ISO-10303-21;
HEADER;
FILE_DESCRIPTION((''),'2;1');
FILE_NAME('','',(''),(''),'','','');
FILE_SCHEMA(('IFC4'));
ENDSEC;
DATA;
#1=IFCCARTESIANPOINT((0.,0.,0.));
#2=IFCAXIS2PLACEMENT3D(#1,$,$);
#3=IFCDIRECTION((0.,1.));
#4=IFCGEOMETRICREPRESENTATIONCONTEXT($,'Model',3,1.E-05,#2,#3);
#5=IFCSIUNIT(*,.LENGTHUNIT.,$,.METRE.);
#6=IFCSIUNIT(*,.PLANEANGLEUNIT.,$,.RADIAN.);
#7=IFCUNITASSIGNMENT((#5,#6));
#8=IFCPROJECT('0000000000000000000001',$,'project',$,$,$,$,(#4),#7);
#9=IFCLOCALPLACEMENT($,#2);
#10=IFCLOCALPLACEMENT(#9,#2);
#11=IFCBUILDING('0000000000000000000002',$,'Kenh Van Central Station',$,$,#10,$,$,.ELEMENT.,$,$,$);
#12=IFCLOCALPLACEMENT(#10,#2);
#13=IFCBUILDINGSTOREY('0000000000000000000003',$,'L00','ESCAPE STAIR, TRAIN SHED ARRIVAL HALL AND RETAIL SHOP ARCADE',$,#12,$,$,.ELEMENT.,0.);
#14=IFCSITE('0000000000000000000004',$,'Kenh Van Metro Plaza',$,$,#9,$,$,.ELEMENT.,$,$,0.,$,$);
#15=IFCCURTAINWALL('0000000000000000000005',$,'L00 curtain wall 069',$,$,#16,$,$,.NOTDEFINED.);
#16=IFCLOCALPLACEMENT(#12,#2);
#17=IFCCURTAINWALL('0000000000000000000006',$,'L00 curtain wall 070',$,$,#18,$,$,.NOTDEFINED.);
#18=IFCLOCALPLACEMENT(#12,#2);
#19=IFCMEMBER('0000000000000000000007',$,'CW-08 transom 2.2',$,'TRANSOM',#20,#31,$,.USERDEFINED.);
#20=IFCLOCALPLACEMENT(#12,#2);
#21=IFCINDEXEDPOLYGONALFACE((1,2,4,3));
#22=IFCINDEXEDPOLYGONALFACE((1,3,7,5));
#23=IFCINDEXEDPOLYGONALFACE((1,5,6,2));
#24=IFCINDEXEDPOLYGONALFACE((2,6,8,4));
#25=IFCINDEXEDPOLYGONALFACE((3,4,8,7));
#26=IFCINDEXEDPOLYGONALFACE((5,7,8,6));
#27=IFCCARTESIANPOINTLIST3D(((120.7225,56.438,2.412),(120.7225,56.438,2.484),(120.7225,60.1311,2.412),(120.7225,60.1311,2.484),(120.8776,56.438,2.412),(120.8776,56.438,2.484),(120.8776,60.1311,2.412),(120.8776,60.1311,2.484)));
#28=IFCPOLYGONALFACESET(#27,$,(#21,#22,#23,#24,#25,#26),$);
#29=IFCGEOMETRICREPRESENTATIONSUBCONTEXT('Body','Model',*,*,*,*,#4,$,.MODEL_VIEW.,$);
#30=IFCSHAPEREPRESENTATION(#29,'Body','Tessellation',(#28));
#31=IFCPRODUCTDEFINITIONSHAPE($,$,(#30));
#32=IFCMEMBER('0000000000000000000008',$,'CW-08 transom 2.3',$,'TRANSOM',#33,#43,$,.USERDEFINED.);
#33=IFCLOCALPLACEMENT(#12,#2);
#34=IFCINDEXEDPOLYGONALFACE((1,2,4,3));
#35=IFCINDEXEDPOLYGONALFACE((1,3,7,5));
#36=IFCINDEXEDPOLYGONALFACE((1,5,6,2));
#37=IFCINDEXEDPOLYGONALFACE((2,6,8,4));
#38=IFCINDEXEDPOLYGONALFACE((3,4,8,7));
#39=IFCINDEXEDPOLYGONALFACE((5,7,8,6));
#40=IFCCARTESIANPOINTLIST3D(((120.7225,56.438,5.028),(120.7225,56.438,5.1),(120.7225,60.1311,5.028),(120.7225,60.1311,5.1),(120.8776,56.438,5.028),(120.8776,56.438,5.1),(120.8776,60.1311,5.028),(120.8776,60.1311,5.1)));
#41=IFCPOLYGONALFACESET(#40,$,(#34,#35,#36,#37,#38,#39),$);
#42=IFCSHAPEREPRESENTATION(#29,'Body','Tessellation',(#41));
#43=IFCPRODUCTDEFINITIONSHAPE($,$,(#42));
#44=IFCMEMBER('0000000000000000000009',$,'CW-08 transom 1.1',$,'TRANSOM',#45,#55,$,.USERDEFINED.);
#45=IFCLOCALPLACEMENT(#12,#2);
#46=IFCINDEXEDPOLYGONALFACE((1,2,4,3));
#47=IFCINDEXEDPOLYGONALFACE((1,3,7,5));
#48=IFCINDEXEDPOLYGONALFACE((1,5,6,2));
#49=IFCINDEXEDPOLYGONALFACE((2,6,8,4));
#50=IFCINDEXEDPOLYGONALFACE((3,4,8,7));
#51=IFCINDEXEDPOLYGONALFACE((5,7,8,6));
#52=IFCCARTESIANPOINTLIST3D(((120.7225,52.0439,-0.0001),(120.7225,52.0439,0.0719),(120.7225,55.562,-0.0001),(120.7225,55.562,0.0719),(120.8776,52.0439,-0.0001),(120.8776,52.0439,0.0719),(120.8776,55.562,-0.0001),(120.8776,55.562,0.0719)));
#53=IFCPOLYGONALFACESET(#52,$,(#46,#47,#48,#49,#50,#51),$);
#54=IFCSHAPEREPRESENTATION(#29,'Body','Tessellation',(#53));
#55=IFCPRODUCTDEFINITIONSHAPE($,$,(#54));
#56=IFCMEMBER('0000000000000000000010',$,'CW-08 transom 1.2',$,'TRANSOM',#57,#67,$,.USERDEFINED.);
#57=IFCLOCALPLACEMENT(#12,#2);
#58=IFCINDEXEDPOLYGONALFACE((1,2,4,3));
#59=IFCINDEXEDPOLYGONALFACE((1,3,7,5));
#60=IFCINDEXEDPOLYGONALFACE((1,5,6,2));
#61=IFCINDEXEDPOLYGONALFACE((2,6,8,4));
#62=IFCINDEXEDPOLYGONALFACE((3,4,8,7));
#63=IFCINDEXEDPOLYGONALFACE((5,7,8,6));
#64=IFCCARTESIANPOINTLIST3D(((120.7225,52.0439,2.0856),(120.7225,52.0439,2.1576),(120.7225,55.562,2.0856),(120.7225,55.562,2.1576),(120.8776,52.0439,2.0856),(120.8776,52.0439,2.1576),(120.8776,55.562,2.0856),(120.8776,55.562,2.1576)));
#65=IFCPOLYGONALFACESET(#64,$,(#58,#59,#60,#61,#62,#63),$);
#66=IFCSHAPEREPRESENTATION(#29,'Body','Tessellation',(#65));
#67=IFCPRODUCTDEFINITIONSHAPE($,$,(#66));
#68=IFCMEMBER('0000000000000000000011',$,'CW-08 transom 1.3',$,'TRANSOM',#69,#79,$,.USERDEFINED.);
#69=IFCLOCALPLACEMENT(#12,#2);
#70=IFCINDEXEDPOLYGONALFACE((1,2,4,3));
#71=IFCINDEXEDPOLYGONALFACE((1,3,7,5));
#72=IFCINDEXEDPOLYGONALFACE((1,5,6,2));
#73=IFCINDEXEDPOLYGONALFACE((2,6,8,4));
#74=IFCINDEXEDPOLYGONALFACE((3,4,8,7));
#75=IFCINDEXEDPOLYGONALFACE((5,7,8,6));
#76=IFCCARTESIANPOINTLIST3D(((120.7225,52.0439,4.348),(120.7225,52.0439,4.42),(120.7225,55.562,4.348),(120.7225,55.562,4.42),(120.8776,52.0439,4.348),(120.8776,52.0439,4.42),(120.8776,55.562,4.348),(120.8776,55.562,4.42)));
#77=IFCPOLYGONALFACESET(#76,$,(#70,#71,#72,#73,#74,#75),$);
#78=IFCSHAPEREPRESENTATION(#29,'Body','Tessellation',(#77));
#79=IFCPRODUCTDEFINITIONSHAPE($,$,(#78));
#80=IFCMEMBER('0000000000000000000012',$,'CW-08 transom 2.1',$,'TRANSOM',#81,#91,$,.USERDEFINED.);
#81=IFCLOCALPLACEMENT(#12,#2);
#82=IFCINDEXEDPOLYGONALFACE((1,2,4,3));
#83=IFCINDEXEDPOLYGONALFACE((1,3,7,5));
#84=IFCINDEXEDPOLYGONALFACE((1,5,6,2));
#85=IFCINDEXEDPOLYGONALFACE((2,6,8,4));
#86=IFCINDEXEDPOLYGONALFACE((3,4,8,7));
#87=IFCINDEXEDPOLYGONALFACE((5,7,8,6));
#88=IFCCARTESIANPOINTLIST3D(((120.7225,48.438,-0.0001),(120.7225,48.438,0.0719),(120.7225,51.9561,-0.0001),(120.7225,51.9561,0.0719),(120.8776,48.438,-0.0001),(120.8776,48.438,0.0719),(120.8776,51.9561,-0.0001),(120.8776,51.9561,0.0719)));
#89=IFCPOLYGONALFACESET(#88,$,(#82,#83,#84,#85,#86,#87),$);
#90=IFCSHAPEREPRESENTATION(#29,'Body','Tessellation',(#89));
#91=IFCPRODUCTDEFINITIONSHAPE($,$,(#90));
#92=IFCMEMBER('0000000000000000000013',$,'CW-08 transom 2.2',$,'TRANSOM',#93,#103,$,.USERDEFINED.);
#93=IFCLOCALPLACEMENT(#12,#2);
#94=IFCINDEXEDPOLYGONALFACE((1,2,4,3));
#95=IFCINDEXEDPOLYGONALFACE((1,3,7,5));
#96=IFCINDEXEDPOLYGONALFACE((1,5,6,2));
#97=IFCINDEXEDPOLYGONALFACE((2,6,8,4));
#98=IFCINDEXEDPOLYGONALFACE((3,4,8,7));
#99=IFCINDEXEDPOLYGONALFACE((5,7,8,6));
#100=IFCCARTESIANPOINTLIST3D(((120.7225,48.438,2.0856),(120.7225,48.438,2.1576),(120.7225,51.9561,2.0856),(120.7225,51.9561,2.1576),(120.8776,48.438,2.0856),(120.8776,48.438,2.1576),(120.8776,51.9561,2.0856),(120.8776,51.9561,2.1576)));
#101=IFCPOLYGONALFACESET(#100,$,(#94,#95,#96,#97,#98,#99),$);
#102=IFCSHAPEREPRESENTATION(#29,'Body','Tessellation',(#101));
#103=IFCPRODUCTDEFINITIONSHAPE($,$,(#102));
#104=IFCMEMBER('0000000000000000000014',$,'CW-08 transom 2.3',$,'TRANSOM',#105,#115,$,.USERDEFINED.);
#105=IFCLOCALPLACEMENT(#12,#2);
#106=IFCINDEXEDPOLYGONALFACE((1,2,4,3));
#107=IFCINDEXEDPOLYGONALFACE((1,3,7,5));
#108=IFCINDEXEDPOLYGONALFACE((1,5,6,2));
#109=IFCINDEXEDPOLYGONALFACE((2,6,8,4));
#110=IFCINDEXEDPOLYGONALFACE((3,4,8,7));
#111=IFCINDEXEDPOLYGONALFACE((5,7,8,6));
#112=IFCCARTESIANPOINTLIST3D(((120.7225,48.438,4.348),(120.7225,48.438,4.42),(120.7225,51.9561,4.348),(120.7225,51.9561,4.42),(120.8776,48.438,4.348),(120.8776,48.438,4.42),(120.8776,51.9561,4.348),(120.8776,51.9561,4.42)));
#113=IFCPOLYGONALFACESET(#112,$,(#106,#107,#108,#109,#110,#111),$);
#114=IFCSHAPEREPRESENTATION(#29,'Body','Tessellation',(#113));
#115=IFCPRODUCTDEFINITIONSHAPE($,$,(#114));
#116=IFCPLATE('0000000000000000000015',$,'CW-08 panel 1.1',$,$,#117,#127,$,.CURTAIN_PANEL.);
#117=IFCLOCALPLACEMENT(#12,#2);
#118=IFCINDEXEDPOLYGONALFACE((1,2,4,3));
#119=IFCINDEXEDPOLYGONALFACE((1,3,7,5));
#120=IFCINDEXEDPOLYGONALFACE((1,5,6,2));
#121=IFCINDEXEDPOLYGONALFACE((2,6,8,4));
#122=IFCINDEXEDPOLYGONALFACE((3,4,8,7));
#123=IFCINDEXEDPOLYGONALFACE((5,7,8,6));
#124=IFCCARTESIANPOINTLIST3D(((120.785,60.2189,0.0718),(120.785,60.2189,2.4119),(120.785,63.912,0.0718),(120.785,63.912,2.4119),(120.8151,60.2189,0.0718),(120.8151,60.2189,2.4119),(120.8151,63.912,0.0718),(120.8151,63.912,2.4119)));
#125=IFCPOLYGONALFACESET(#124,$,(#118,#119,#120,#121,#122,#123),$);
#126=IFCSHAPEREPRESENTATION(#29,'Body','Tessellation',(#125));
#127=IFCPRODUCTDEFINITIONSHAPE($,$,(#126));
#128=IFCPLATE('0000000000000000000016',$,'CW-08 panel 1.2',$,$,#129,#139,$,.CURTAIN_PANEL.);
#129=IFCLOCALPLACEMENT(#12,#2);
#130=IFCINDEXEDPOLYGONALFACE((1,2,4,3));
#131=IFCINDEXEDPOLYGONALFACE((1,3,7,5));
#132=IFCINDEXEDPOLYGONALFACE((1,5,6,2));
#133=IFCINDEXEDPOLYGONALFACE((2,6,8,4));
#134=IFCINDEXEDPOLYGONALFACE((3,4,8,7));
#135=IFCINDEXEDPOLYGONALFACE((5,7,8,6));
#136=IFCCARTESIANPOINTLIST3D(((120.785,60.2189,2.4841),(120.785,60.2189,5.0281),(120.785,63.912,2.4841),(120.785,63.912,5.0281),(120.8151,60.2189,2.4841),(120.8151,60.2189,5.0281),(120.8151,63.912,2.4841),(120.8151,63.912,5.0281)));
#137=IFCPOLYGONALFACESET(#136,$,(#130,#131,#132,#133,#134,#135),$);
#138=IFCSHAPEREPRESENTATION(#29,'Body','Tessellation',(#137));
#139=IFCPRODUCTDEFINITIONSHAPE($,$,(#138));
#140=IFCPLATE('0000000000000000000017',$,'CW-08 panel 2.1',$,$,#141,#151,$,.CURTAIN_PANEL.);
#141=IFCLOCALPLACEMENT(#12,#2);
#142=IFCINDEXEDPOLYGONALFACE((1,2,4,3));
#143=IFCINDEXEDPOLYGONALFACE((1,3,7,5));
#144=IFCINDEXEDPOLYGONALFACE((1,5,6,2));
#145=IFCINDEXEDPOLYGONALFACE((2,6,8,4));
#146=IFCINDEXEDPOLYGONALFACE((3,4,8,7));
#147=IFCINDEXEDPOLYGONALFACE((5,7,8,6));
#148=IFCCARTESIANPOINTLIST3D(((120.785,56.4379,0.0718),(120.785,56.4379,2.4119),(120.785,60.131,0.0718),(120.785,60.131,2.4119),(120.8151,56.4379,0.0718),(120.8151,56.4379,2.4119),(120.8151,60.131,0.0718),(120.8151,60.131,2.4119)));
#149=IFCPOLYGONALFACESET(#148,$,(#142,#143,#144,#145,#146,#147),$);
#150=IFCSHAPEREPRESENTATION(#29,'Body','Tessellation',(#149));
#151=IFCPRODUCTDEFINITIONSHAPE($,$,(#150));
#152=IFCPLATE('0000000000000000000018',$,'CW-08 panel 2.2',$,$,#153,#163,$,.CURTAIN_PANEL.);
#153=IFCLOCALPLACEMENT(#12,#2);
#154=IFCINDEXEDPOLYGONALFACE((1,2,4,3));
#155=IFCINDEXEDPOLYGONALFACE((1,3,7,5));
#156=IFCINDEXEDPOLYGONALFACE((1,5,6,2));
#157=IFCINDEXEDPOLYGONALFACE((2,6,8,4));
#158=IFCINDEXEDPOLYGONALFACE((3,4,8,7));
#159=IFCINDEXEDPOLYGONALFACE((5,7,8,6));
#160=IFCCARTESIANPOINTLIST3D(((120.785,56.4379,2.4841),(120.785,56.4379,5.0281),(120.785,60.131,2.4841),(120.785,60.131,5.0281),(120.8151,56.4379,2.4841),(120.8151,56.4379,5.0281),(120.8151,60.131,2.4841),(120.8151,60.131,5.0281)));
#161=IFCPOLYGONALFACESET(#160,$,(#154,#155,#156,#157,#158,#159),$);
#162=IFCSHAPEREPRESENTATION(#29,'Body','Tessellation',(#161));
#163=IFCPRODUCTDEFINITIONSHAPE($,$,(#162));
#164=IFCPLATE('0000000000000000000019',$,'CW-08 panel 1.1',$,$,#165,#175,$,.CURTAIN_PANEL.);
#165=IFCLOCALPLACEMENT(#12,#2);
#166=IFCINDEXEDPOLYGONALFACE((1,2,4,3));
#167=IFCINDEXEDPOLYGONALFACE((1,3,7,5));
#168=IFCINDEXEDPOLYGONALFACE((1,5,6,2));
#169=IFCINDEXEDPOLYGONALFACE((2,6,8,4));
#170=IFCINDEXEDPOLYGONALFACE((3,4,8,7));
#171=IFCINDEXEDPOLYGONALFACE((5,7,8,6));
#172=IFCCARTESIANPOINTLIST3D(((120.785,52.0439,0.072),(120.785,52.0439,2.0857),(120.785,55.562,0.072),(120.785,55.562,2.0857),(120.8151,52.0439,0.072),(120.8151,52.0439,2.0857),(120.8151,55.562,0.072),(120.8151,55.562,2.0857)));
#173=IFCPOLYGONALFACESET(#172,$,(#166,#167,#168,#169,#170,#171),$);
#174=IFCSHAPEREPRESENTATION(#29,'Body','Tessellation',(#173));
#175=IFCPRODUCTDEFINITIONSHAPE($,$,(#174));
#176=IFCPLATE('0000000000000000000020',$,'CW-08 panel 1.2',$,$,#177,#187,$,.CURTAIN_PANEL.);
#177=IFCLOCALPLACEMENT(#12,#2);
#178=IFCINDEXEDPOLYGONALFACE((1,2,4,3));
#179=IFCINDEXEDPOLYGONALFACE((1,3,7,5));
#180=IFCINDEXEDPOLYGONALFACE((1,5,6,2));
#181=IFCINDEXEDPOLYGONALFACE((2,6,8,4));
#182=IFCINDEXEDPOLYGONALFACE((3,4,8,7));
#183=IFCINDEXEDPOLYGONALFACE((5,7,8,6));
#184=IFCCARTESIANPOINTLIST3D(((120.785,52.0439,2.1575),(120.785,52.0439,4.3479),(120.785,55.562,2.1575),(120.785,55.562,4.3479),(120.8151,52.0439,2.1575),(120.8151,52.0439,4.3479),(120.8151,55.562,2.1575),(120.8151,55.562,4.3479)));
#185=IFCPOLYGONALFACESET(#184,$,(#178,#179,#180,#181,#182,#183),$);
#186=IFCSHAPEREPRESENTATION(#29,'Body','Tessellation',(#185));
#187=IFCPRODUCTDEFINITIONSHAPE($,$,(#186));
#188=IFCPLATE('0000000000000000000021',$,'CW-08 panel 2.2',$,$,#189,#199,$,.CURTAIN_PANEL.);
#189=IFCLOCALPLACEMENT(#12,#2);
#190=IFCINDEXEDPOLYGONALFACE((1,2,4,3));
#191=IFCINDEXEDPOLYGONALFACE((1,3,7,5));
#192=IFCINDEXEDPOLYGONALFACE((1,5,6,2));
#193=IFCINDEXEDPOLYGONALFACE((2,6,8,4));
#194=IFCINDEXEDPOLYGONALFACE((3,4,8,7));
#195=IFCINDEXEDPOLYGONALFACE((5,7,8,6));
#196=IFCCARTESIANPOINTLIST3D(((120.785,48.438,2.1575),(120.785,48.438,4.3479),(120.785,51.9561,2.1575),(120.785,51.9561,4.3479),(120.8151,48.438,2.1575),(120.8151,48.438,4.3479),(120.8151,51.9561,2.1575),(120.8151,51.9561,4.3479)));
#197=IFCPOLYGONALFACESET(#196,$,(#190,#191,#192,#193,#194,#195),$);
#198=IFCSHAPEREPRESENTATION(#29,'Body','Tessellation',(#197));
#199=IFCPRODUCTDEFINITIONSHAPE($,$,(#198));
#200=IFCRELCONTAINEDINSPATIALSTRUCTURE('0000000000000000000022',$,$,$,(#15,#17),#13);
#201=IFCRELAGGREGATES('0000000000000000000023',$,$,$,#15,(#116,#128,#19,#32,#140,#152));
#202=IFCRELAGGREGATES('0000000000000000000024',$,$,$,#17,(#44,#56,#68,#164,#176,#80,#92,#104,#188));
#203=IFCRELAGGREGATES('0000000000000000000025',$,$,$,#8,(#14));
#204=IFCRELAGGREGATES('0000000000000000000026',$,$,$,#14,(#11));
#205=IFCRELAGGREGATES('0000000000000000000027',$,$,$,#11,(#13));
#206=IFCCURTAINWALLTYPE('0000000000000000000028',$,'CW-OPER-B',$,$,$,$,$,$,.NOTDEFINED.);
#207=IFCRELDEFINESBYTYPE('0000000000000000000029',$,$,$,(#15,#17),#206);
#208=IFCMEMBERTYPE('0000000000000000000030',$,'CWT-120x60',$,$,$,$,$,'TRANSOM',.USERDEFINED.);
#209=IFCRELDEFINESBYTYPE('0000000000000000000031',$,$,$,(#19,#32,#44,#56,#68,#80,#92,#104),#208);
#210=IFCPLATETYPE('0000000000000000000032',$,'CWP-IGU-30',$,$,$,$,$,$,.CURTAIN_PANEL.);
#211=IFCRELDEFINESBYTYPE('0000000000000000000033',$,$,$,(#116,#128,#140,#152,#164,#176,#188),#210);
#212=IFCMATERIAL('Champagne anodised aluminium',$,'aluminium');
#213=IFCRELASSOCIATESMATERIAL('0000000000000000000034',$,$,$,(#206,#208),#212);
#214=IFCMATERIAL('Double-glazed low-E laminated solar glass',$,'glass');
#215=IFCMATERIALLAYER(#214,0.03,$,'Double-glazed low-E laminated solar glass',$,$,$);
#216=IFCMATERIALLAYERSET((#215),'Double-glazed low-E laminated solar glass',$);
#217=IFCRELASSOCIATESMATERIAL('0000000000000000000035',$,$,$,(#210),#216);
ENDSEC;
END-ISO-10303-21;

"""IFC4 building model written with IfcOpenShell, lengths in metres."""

from ifc_helpers import new_model, si_unit, direction, frame, origin, origin_2d, place, context, subcontext, project, spatial, rectangle, extrude, material, layer, layer_set, material_profile, profile_set, type_object, element, aggregate, save


model = new_model("IFC4")

# Units and contexts
model_context = context("Model", 3, precision=1e-05, world=origin(), true_north=direction((0.0, 1.0)))
body_context = subcontext(model_context, "Body", "Model", "MODEL_VIEW")
ifc_project = project(units=[si_unit("LENGTHUNIT", "METRE"), si_unit("PLANEANGLEUNIT", "RADIAN")], contexts=[model_context])

# Site, building, storey
site_placement = place(None, origin())
site = spatial("IfcSite", under=ifc_project, at=site_placement, Name="Kenh Van Metro Plaza", CompositionType="ELEMENT", RefElevation=0.0)
building_placement = place(site_placement, origin())
building = spatial("IfcBuilding", under=site, at=building_placement, Name="Kenh Van Central Station", CompositionType="ELEMENT")
storey_placement = place(building_placement, origin())
storey = spatial("IfcBuildingStorey", under=building, at=storey_placement, Name="L00", Description="ESCAPE STAIR, TRAIN SHED ARRIVAL HALL AND RETAIL SHOP ARCADE", CompositionType="ELEMENT", Elevation=0.0)

# Curtain walls
ifc_material_1 = material(Name="Champagne anodised aluminium", Category="aluminium")
curtain_wall_type = type_object("IfcCurtainWallType", Name="CW-OPER-B", PredefinedType="NOTDEFINED", material=ifc_material_1)
curtain_wall_1_placement = place(storey_placement, origin())
curtain_wall_1 = element("IfcCurtainWall", 1, at=curtain_wall_1_placement, inside=storey, type_object=curtain_wall_type, Name="L00 curtain wall 069", PredefinedType="NOTDEFINED")
curtain_wall_2_placement = place(storey_placement, origin())
curtain_wall_2 = element("IfcCurtainWall", 2, at=curtain_wall_2_placement, inside=storey, type_object=curtain_wall_type, Name="L00 curtain wall 070", PredefinedType="NOTDEFINED")

# Members
ifc_material_profile_1 = material_profile(ifc_material_1, rectangle(XDim=0.155, YDim=0.072, at=origin_2d()), Name="AL 155x72")
ifc_profile_set_1 = profile_set([ifc_material_profile_1], Name="Champagne anodised aluminium")
member_type_1 = type_object("IfcMemberType", Name="CWT-120x60", ElementType="TRANSOM", PredefinedType="USERDEFINED", material=ifc_profile_set_1)
member_1_placement = place(storey_placement, frame((120.8, 60.1311, 2.448), z_axis=(0.0, -1.0, 0.0), x_axis=(1.0, 0.0, 0.0)))
member_1 = element("IfcMember", 3, at=member_1_placement, type_object=member_type_1, Name="CW-08 transom 2.2", ObjectType="TRANSOM", PredefinedType="USERDEFINED", context=body_context, shape_type="SweptSolid", body=[
    extrude(rectangle(XDim=0.155, YDim=0.072, at=origin_2d()), origin(), (0.0, 0.0, 1.0), 3.6931),
])
member_2_placement = place(storey_placement, frame((120.8, 60.1311, 5.064), z_axis=(0.0, -1.0, 0.0), x_axis=(1.0, 0.0, 0.0)))
member_2 = element("IfcMember", 4, at=member_2_placement, type_object=member_type_1, Name="CW-08 transom 2.3", ObjectType="TRANSOM", PredefinedType="USERDEFINED", context=body_context, shape_type="SweptSolid", body=[
    extrude(rectangle(XDim=0.155, YDim=0.072, at=origin_2d()), origin(), (0.0, 0.0, 1.0), 3.6931),
])
member_3_placement = place(storey_placement, frame((120.8, 55.562, 0.0359), z_axis=(0.0, -1.0, 0.0), x_axis=(1.0, 0.0, 0.0)))
member_3 = element("IfcMember", 5, at=member_3_placement, type_object=member_type_1, Name="CW-08 transom 1.1", ObjectType="TRANSOM", PredefinedType="USERDEFINED", context=body_context, shape_type="SweptSolid", body=[
    extrude(rectangle(XDim=0.155, YDim=0.072, at=origin_2d()), origin(), (0.0, 0.0, 1.0), 3.5181),
])
member_4_placement = place(storey_placement, frame((120.8, 55.562, 2.1216), z_axis=(0.0, -1.0, 0.0), x_axis=(1.0, 0.0, 0.0)))
member_4 = element("IfcMember", 6, at=member_4_placement, type_object=member_type_1, Name="CW-08 transom 1.2", ObjectType="TRANSOM", PredefinedType="USERDEFINED", context=body_context, shape_type="SweptSolid", body=[
    extrude(rectangle(XDim=0.155, YDim=0.072, at=origin_2d()), origin(), (0.0, 0.0, 1.0), 3.5181),
])
member_5_placement = place(storey_placement, frame((120.8, 55.562, 4.384), z_axis=(0.0, -1.0, 0.0), x_axis=(1.0, 0.0, 0.0)))
member_5 = element("IfcMember", 7, at=member_5_placement, type_object=member_type_1, Name="CW-08 transom 1.3", ObjectType="TRANSOM", PredefinedType="USERDEFINED", context=body_context, shape_type="SweptSolid", body=[
    extrude(rectangle(XDim=0.155, YDim=0.072, at=origin_2d()), origin(), (0.0, 0.0, 1.0), 3.5181),
])
member_6_placement = place(storey_placement, frame((120.8, 51.9561, 0.0359), z_axis=(0.0, -1.0, 0.0), x_axis=(1.0, 0.0, 0.0)))
member_6 = element("IfcMember", 8, at=member_6_placement, type_object=member_type_1, Name="CW-08 transom 2.1", ObjectType="TRANSOM", PredefinedType="USERDEFINED", context=body_context, shape_type="SweptSolid", body=[
    extrude(rectangle(XDim=0.155, YDim=0.072, at=origin_2d()), origin(), (0.0, 0.0, 1.0), 3.5181),
])
member_7_placement = place(storey_placement, frame((120.8, 51.9561, 2.1216), z_axis=(0.0, -1.0, 0.0), x_axis=(1.0, 0.0, 0.0)))
member_7 = element("IfcMember", 9, at=member_7_placement, type_object=member_type_1, Name="CW-08 transom 2.2", ObjectType="TRANSOM", PredefinedType="USERDEFINED", context=body_context, shape_type="SweptSolid", body=[
    extrude(rectangle(XDim=0.155, YDim=0.072, at=origin_2d()), origin(), (0.0, 0.0, 1.0), 3.5181),
])
member_8_placement = place(storey_placement, frame((120.8, 51.9561, 4.384), z_axis=(0.0, -1.0, 0.0), x_axis=(1.0, 0.0, 0.0)))
member_8 = element("IfcMember", 10, at=member_8_placement, type_object=member_type_1, Name="CW-08 transom 2.3", ObjectType="TRANSOM", PredefinedType="USERDEFINED", context=body_context, shape_type="SweptSolid", body=[
    extrude(rectangle(XDim=0.155, YDim=0.072, at=origin_2d()), origin(), (0.0, 0.0, 1.0), 3.5181),
])

# Plates
ifc_material_2 = material(Name="Double-glazed low-E laminated solar glass", Category="glass")
ifc_layer_1 = layer(ifc_material_2, 0.03, Name="Double-glazed low-E laminated solar glass")
ifc_layer_set_1 = layer_set([ifc_layer_1], Name="Double-glazed low-E laminated solar glass")
plate_type = type_object("IfcPlateType", Name="CWP-IGU-30", PredefinedType="CURTAIN_PANEL", material=ifc_layer_set_1)
plate_1_placement = place(storey_placement, frame((120.8, 62.0654, 0.0718), z_axis=(0.0, 0.0, 1.0), x_axis=(0.0, -1.0, 0.0)))
plate_1 = element("IfcPlate", 11, at=plate_1_placement, type_object=plate_type, Name="CW-08 panel 1.1", PredefinedType="CURTAIN_PANEL", context=body_context, shape_type="SweptSolid", body=[
    extrude(rectangle(XDim=3.6931, YDim=0.03, at=origin_2d()), origin(), (0.0, 0.0, 1.0), 2.3401),
])
plate_2_placement = place(storey_placement, frame((120.8, 62.0654, 2.4841), z_axis=(0.0, 0.0, 1.0), x_axis=(0.0, -1.0, 0.0)))
plate_2 = element("IfcPlate", 12, at=plate_2_placement, type_object=plate_type, Name="CW-08 panel 1.2", PredefinedType="CURTAIN_PANEL", context=body_context, shape_type="SweptSolid", body=[
    extrude(rectangle(XDim=3.6931, YDim=0.03, at=origin_2d()), origin(), (0.0, 0.0, 1.0), 2.5439),
])
plate_3_placement = place(storey_placement, frame((120.8, 58.2844, 0.0718), z_axis=(0.0, 0.0, 1.0), x_axis=(0.0, -1.0, 0.0)))
plate_3 = element("IfcPlate", 13, at=plate_3_placement, type_object=plate_type, Name="CW-08 panel 2.1", PredefinedType="CURTAIN_PANEL", context=body_context, shape_type="SweptSolid", body=[
    extrude(rectangle(XDim=3.6931, YDim=0.03, at=origin_2d()), origin(), (0.0, 0.0, 1.0), 2.3401),
])
plate_4_placement = place(storey_placement, frame((120.8, 58.2844, 2.4841), z_axis=(0.0, 0.0, 1.0), x_axis=(0.0, -1.0, 0.0)))
plate_4 = element("IfcPlate", 14, at=plate_4_placement, type_object=plate_type, Name="CW-08 panel 2.2", PredefinedType="CURTAIN_PANEL", context=body_context, shape_type="SweptSolid", body=[
    extrude(rectangle(XDim=3.6931, YDim=0.03, at=origin_2d()), origin(), (0.0, 0.0, 1.0), 2.5439),
])
aggregate(curtain_wall_1, [plate_1, plate_2, member_1, member_2, plate_3, plate_4])
plate_5_placement = place(storey_placement, frame((120.8, 53.803, 0.072), z_axis=(0.0, 0.0, 1.0), x_axis=(0.0, -1.0, 0.0)))
plate_5 = element("IfcPlate", 15, at=plate_5_placement, type_object=plate_type, Name="CW-08 panel 1.1", PredefinedType="CURTAIN_PANEL", context=body_context, shape_type="SweptSolid", body=[
    extrude(rectangle(XDim=3.5181, YDim=0.03, at=origin_2d()), origin(), (0.0, 0.0, 1.0), 2.0137),
])
plate_6_placement = place(storey_placement, frame((120.8, 53.803, 2.1575), z_axis=(0.0, 0.0, 1.0), x_axis=(0.0, -1.0, 0.0)))
plate_6 = element("IfcPlate", 16, at=plate_6_placement, type_object=plate_type, Name="CW-08 panel 1.2", PredefinedType="CURTAIN_PANEL", context=body_context, shape_type="SweptSolid", body=[
    extrude(rectangle(XDim=3.5181, YDim=0.03, at=origin_2d()), origin(), (0.0, 0.0, 1.0), 2.1904),
])
plate_7_placement = place(storey_placement, frame((120.8, 50.197, 2.1575), z_axis=(0.0, 0.0, 1.0), x_axis=(0.0, -1.0, 0.0)))
plate_7 = element("IfcPlate", 17, at=plate_7_placement, type_object=plate_type, Name="CW-08 panel 2.2", PredefinedType="CURTAIN_PANEL", context=body_context, shape_type="SweptSolid", body=[
    extrude(rectangle(XDim=3.5181, YDim=0.03, at=origin_2d()), origin(), (0.0, 0.0, 1.0), 2.1904),
])
aggregate(curtain_wall_2, [member_3, member_4, member_5, plate_5, plate_6, member_6, member_7, member_8, plate_7])

save(model, "model.ifc")
